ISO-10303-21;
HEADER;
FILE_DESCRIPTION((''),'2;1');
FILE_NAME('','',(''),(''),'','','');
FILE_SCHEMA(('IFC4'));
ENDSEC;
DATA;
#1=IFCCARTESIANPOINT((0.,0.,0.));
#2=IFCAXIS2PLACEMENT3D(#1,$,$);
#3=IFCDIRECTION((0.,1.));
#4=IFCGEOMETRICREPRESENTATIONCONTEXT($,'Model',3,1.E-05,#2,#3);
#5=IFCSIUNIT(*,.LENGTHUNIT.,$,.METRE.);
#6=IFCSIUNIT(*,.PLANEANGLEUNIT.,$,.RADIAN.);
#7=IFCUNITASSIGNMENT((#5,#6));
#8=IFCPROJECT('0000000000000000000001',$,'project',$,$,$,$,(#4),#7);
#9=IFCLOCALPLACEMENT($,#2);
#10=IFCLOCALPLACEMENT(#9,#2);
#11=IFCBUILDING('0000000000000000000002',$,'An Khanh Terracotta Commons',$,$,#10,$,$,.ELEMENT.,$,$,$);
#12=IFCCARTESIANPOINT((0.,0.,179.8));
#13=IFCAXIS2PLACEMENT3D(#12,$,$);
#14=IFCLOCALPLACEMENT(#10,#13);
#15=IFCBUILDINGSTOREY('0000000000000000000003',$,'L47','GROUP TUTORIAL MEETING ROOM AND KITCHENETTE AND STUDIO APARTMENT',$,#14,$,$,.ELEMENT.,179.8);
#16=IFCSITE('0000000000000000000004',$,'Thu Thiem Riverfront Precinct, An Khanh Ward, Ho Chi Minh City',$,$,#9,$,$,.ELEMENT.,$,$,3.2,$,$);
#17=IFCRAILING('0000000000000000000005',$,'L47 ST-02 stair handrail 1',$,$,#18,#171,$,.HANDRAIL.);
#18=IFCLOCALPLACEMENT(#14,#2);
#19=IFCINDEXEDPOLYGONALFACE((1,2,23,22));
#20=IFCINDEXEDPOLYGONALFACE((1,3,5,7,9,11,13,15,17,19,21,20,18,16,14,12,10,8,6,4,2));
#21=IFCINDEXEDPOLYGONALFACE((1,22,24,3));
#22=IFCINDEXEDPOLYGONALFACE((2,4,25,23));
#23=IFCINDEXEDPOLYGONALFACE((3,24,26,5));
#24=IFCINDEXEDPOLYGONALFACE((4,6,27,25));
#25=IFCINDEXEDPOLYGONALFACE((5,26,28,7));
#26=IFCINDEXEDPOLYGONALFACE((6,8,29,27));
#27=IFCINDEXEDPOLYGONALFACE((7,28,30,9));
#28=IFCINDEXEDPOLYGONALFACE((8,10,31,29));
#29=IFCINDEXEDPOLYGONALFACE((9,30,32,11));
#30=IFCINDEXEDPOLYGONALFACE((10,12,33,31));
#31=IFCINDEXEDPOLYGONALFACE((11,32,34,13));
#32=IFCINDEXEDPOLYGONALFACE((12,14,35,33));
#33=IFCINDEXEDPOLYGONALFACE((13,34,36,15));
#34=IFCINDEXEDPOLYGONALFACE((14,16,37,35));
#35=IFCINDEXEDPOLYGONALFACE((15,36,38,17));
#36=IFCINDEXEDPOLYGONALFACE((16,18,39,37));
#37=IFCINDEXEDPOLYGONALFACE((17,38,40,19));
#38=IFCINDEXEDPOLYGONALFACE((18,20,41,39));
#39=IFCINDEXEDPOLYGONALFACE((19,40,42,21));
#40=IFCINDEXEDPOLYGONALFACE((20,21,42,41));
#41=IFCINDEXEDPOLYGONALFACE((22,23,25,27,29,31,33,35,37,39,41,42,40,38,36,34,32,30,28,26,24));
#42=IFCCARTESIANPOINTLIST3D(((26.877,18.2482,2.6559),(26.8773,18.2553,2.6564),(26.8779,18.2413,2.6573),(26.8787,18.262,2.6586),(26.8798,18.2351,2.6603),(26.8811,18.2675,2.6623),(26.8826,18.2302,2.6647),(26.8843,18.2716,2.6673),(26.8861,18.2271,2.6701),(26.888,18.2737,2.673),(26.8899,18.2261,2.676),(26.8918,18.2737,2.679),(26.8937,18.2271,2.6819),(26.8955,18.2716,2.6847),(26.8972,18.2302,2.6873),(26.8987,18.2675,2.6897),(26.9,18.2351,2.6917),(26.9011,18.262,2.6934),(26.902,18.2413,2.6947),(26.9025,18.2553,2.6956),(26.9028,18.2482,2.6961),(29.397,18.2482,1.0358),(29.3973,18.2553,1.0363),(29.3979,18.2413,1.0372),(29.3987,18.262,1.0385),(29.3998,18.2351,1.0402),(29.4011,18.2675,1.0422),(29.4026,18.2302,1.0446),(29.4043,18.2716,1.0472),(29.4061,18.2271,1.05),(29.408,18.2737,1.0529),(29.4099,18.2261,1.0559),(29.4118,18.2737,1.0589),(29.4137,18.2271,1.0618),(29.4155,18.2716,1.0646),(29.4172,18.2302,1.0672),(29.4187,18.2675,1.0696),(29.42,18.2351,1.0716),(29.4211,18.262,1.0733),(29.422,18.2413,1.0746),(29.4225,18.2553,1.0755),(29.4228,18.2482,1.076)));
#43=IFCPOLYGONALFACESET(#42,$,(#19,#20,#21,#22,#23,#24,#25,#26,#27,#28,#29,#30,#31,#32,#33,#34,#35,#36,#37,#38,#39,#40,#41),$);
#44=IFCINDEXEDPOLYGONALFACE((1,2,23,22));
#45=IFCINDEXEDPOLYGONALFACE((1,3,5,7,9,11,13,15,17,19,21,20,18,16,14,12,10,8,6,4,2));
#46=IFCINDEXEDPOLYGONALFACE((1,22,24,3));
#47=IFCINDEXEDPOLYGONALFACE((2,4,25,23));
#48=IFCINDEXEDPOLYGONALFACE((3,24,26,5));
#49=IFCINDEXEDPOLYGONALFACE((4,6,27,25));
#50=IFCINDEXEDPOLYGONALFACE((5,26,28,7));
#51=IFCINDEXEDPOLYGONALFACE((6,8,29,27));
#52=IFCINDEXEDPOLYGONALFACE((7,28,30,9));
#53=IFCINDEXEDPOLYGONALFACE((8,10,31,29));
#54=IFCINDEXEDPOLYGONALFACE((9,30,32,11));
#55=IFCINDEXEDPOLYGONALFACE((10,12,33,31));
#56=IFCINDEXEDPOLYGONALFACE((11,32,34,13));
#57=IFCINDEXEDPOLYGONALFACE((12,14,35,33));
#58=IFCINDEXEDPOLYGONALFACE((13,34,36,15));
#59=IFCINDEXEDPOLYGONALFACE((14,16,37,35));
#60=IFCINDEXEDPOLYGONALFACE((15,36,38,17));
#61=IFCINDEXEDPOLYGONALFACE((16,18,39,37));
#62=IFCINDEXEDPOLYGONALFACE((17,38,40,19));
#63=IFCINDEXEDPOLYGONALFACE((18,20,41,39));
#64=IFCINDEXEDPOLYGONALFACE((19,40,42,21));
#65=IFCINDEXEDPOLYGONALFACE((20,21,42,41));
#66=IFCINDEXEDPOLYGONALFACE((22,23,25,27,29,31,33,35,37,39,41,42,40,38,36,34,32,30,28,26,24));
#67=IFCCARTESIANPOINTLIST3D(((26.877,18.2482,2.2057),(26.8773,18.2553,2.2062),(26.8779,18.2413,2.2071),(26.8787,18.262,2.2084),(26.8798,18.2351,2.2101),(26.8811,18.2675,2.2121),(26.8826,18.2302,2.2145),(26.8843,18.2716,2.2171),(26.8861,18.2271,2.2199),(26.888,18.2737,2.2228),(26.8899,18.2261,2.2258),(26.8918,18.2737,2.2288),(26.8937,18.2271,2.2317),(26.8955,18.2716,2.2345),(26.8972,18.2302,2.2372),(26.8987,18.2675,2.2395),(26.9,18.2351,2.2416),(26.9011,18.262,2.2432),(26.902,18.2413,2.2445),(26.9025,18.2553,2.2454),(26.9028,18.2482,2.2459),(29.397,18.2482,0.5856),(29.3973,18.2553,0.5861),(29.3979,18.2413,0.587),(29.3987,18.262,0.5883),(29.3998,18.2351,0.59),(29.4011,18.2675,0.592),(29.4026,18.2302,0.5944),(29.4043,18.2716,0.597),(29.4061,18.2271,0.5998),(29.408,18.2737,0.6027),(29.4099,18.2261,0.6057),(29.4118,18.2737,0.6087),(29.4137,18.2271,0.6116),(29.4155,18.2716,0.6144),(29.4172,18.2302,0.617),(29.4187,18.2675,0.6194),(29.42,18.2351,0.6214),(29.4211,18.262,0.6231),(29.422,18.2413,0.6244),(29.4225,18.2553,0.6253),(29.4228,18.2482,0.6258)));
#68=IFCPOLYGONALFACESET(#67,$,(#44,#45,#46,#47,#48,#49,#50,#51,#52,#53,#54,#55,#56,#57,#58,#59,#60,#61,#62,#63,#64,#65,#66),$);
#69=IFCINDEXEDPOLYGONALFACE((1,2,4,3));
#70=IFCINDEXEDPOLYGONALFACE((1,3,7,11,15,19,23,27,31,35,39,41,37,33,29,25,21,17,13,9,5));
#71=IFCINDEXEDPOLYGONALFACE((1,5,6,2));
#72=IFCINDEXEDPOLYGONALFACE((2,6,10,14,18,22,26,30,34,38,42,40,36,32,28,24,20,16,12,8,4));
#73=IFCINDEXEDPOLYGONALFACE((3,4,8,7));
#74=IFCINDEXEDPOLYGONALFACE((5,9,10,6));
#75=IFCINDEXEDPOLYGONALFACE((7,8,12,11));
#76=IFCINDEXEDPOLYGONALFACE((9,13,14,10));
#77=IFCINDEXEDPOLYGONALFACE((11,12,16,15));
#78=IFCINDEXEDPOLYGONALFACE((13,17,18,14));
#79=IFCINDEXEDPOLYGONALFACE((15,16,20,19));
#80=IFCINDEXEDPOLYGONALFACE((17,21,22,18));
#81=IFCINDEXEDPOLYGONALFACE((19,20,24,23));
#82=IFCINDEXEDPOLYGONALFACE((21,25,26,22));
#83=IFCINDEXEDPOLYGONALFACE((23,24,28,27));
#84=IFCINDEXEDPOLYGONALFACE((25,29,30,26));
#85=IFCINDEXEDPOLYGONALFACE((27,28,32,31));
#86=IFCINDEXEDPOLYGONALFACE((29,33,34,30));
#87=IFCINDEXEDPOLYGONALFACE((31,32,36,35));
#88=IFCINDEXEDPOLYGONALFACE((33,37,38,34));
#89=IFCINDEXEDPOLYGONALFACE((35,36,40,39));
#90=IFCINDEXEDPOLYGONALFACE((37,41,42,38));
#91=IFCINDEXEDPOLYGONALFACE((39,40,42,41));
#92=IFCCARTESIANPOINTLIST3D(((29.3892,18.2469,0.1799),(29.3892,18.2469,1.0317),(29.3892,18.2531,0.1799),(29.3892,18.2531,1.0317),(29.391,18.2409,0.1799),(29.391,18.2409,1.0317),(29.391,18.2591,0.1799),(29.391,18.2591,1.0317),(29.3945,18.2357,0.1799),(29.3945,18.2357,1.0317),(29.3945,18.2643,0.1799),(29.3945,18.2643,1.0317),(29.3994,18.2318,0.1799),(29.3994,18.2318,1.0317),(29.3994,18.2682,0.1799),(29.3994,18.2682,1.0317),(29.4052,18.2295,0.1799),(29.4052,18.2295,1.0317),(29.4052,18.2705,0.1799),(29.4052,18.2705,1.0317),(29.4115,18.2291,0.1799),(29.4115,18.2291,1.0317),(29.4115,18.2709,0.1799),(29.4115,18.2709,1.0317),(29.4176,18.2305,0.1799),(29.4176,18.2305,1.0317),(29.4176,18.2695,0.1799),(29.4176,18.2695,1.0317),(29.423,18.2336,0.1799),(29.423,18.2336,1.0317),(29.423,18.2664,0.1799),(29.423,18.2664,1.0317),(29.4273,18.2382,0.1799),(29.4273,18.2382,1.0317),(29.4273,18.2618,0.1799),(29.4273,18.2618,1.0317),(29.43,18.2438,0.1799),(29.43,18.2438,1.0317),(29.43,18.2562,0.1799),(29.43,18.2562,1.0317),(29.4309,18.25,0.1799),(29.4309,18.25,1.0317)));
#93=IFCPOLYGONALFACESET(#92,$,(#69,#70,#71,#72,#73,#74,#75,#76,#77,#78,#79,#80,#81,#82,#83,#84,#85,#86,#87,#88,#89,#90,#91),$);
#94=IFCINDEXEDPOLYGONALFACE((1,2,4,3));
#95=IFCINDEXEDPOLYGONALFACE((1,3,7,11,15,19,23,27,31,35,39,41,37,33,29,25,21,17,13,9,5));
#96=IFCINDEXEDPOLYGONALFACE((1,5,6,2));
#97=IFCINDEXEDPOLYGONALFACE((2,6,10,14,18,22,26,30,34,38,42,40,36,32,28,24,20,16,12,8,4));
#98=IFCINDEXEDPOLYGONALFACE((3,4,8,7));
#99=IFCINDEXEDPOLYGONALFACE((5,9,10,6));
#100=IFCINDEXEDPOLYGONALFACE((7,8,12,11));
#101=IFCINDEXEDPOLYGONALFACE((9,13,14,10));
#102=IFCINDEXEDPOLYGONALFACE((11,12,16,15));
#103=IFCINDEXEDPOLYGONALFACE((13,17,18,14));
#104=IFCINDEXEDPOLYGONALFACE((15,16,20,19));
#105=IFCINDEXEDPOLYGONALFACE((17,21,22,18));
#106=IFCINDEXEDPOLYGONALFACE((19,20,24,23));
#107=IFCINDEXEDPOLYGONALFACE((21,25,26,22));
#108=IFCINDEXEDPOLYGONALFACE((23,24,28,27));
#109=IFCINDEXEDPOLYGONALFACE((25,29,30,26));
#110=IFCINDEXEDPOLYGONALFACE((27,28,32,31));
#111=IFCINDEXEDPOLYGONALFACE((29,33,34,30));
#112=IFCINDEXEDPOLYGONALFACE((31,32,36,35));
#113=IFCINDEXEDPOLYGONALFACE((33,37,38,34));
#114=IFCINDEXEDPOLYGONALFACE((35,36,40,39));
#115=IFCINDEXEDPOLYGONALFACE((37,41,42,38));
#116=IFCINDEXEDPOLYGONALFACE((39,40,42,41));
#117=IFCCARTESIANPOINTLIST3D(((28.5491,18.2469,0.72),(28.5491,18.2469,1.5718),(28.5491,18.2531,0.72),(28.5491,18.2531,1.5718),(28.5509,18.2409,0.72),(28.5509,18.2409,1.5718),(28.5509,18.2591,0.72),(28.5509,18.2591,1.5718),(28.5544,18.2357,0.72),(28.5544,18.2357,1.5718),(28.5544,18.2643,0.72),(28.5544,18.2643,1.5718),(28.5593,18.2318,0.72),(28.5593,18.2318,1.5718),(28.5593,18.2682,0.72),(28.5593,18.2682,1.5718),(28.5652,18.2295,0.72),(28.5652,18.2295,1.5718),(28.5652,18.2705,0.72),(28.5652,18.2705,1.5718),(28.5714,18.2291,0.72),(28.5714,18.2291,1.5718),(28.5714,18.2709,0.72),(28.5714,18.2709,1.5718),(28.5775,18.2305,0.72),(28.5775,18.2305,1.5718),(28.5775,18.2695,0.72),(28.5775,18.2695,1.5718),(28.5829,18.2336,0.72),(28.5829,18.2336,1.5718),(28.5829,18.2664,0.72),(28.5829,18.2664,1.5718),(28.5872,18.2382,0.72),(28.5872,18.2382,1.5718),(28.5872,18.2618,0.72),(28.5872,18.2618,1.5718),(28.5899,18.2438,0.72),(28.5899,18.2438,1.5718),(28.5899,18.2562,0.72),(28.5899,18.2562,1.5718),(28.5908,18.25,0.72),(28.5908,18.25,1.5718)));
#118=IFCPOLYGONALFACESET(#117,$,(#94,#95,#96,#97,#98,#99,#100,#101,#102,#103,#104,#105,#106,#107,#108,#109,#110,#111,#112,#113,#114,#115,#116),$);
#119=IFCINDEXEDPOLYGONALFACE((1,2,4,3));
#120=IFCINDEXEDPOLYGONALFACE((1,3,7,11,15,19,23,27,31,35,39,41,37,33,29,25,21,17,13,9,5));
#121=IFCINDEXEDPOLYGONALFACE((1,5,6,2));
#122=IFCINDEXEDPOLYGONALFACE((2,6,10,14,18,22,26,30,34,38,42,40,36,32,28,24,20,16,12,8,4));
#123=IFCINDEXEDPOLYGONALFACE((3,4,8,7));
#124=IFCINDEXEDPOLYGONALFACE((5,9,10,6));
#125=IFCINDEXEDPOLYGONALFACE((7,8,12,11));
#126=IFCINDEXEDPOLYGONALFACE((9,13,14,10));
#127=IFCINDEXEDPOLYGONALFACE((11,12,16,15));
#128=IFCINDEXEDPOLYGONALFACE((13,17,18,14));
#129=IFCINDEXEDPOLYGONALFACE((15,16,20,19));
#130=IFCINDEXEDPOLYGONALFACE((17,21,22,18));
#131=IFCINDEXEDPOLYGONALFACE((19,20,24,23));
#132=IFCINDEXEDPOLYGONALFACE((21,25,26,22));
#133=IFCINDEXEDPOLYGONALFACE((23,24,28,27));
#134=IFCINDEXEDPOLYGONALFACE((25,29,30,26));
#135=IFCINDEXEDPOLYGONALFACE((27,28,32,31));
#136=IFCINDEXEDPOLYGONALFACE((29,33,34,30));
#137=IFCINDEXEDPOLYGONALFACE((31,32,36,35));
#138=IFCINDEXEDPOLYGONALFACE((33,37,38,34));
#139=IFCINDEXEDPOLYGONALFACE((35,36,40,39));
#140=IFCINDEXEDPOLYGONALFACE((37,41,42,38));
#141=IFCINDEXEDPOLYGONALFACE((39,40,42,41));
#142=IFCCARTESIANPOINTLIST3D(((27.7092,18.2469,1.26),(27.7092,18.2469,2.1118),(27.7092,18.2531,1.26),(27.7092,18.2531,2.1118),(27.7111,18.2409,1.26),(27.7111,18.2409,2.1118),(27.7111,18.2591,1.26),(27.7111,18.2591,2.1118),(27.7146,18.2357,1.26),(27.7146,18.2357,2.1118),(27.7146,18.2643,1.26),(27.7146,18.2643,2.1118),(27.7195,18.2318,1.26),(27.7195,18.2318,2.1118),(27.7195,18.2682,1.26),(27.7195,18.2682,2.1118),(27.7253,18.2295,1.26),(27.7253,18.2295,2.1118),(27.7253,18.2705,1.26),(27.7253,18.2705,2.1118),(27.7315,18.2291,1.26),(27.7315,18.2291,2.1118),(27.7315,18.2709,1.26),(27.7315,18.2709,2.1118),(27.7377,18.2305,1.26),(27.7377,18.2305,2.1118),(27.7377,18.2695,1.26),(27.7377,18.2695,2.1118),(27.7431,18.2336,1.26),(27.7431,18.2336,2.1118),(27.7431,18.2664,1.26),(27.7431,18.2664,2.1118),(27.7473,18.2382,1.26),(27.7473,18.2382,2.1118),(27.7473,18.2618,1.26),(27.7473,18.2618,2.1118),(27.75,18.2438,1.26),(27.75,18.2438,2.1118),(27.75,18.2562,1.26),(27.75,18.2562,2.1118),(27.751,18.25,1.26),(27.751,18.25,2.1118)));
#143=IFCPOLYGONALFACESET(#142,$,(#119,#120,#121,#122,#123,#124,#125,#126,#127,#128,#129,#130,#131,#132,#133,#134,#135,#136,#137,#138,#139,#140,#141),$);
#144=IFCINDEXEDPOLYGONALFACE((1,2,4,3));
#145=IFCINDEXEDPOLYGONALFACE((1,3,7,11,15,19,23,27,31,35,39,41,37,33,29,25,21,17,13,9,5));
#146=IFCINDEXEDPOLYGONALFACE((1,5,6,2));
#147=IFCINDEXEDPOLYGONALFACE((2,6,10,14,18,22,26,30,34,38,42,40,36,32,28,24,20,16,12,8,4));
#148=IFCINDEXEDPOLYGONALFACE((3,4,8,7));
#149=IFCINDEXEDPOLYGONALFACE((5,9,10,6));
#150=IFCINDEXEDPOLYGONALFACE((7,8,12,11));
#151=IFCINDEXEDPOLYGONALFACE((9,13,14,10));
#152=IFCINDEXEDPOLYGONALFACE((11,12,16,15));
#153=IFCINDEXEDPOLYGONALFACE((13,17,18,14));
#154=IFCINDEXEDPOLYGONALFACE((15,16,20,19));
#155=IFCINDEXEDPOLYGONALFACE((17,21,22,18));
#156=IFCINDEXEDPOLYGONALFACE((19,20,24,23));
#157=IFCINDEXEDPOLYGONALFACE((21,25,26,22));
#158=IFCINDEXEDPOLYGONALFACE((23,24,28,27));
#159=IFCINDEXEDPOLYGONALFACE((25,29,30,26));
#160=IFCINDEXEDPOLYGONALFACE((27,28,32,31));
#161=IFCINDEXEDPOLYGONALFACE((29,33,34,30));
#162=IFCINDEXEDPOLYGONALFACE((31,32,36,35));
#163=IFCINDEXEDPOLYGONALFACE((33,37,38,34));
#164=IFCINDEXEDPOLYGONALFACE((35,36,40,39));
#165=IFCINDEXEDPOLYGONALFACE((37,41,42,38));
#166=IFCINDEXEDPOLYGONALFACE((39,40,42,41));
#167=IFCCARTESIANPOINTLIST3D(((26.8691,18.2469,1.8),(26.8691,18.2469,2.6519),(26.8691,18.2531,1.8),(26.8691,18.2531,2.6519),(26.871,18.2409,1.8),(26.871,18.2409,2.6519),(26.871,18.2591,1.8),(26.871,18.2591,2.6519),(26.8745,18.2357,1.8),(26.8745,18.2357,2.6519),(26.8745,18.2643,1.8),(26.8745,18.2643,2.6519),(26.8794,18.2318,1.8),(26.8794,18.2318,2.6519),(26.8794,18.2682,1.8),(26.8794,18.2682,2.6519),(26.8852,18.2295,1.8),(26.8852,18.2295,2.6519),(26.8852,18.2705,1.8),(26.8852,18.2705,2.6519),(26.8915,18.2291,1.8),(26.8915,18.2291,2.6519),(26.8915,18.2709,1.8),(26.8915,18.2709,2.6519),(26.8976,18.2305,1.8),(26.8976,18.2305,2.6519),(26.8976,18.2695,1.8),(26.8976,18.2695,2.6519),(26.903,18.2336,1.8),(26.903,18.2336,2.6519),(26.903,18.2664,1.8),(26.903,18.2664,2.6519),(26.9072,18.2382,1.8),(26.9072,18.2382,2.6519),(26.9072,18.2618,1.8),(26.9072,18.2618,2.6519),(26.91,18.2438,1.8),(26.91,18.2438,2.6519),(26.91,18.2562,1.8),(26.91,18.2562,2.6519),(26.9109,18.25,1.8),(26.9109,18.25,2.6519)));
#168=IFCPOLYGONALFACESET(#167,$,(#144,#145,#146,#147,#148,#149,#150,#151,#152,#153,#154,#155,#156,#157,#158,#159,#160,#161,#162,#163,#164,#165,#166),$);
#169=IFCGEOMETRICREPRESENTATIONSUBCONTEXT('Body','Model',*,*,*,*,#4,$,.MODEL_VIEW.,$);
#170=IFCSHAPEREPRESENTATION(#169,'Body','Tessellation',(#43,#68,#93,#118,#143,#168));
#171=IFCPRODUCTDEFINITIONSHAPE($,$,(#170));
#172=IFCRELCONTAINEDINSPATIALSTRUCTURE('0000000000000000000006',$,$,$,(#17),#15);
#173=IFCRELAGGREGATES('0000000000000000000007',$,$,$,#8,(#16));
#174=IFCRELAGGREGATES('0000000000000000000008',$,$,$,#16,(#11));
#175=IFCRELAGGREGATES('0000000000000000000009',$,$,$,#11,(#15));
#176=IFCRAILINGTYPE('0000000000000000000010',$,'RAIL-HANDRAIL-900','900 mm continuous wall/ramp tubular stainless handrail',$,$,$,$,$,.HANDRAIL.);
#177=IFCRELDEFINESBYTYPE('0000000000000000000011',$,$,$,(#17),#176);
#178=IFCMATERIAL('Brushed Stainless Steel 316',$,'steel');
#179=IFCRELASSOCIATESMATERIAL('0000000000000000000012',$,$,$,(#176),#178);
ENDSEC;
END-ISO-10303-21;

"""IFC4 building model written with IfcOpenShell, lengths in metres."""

from ifc_helpers import new_model, si_unit, direction, frame, origin, origin_2d, place, context, subcontext, project, spatial, circle, extrude, material, type_object, element, save


model = new_model("IFC4")

# Units and contexts
model_context = context("Model", 3, precision=1e-05, world=origin(), true_north=direction((0.0, 1.0)))
body_context = subcontext(model_context, "Body", "Model", "MODEL_VIEW")
ifc_project = project(units=[si_unit("LENGTHUNIT", "METRE"), si_unit("PLANEANGLEUNIT", "RADIAN")], contexts=[model_context])

# Site, building, storey
site_placement = place(None, origin())
site = spatial("IfcSite", under=ifc_project, at=site_placement, Name="Thu Thiem Riverfront Precinct, An Khanh Ward, Ho Chi Minh City", CompositionType="ELEMENT", RefElevation=3.2)
building_placement = place(site_placement, origin())
building = spatial("IfcBuilding", under=site, at=building_placement, Name="An Khanh Terracotta Commons", CompositionType="ELEMENT")
storey_placement = place(building_placement, frame((0.0, 0.0, 179.8)))
storey = spatial("IfcBuildingStorey", under=building, at=storey_placement, Name="L47", Description="GROUP TUTORIAL MEETING ROOM AND KITCHENETTE AND STUDIO APARTMENT", CompositionType="ELEMENT", Elevation=179.8)

# Railing
ifc_material_1 = material(Name="Brushed Stainless Steel 316", Category="steel")
railing_type_1 = type_object("IfcRailingType", Name="RAIL-HANDRAIL-900", Description="900 mm continuous wall/ramp tubular stainless handrail", PredefinedType="HANDRAIL", material=ifc_material_1)
railing_1_placement = place(storey_placement, frame((29.4099, 18.25, 0.1799)))
element("IfcRailing", 1, at=railing_1_placement, inside=storey, type_object=railing_type_1, Name="L47 ST-02 stair handrail 1", PredefinedType="HANDRAIL", context=body_context, shape_type="SweptSolid", body=[
    extrude(circle(Radius=0.0239, at=origin_2d()), frame((0.0, 0.0, 0.876), z_axis=(-0.841163, 0.0, 0.540782), x_axis=(0.0, -1.0, 0.0)), (0.0, 0.0, 1.0), 2.9958),
    extrude(circle(Radius=0.0239, at=origin_2d()), frame((0.0, 0.0, 0.4258), z_axis=(-0.841163, 0.0, 0.540782), x_axis=(0.0, -1.0, 0.0)), (0.0, 0.0, 1.0), 2.9958),
    extrude(circle(Radius=0.021, at=origin_2d()), origin(), (0.0, 0.0, 1.0), 0.8518),
    extrude(circle(Radius=0.021, at=origin_2d()), frame((-0.8401, 0.0, 0.54)), (0.0, 0.0, 1.0), 0.8518),
    extrude(circle(Radius=0.021, at=origin_2d()), frame((-1.6799, 0.0, 1.0801)), (0.0, 0.0, 1.0), 0.8518),
    extrude(circle(Radius=0.021, at=origin_2d()), frame((-2.52, 0.0, 1.6201)), (0.0, 0.0, 1.0), 0.8518),
])

save(model, "model.ifc")
